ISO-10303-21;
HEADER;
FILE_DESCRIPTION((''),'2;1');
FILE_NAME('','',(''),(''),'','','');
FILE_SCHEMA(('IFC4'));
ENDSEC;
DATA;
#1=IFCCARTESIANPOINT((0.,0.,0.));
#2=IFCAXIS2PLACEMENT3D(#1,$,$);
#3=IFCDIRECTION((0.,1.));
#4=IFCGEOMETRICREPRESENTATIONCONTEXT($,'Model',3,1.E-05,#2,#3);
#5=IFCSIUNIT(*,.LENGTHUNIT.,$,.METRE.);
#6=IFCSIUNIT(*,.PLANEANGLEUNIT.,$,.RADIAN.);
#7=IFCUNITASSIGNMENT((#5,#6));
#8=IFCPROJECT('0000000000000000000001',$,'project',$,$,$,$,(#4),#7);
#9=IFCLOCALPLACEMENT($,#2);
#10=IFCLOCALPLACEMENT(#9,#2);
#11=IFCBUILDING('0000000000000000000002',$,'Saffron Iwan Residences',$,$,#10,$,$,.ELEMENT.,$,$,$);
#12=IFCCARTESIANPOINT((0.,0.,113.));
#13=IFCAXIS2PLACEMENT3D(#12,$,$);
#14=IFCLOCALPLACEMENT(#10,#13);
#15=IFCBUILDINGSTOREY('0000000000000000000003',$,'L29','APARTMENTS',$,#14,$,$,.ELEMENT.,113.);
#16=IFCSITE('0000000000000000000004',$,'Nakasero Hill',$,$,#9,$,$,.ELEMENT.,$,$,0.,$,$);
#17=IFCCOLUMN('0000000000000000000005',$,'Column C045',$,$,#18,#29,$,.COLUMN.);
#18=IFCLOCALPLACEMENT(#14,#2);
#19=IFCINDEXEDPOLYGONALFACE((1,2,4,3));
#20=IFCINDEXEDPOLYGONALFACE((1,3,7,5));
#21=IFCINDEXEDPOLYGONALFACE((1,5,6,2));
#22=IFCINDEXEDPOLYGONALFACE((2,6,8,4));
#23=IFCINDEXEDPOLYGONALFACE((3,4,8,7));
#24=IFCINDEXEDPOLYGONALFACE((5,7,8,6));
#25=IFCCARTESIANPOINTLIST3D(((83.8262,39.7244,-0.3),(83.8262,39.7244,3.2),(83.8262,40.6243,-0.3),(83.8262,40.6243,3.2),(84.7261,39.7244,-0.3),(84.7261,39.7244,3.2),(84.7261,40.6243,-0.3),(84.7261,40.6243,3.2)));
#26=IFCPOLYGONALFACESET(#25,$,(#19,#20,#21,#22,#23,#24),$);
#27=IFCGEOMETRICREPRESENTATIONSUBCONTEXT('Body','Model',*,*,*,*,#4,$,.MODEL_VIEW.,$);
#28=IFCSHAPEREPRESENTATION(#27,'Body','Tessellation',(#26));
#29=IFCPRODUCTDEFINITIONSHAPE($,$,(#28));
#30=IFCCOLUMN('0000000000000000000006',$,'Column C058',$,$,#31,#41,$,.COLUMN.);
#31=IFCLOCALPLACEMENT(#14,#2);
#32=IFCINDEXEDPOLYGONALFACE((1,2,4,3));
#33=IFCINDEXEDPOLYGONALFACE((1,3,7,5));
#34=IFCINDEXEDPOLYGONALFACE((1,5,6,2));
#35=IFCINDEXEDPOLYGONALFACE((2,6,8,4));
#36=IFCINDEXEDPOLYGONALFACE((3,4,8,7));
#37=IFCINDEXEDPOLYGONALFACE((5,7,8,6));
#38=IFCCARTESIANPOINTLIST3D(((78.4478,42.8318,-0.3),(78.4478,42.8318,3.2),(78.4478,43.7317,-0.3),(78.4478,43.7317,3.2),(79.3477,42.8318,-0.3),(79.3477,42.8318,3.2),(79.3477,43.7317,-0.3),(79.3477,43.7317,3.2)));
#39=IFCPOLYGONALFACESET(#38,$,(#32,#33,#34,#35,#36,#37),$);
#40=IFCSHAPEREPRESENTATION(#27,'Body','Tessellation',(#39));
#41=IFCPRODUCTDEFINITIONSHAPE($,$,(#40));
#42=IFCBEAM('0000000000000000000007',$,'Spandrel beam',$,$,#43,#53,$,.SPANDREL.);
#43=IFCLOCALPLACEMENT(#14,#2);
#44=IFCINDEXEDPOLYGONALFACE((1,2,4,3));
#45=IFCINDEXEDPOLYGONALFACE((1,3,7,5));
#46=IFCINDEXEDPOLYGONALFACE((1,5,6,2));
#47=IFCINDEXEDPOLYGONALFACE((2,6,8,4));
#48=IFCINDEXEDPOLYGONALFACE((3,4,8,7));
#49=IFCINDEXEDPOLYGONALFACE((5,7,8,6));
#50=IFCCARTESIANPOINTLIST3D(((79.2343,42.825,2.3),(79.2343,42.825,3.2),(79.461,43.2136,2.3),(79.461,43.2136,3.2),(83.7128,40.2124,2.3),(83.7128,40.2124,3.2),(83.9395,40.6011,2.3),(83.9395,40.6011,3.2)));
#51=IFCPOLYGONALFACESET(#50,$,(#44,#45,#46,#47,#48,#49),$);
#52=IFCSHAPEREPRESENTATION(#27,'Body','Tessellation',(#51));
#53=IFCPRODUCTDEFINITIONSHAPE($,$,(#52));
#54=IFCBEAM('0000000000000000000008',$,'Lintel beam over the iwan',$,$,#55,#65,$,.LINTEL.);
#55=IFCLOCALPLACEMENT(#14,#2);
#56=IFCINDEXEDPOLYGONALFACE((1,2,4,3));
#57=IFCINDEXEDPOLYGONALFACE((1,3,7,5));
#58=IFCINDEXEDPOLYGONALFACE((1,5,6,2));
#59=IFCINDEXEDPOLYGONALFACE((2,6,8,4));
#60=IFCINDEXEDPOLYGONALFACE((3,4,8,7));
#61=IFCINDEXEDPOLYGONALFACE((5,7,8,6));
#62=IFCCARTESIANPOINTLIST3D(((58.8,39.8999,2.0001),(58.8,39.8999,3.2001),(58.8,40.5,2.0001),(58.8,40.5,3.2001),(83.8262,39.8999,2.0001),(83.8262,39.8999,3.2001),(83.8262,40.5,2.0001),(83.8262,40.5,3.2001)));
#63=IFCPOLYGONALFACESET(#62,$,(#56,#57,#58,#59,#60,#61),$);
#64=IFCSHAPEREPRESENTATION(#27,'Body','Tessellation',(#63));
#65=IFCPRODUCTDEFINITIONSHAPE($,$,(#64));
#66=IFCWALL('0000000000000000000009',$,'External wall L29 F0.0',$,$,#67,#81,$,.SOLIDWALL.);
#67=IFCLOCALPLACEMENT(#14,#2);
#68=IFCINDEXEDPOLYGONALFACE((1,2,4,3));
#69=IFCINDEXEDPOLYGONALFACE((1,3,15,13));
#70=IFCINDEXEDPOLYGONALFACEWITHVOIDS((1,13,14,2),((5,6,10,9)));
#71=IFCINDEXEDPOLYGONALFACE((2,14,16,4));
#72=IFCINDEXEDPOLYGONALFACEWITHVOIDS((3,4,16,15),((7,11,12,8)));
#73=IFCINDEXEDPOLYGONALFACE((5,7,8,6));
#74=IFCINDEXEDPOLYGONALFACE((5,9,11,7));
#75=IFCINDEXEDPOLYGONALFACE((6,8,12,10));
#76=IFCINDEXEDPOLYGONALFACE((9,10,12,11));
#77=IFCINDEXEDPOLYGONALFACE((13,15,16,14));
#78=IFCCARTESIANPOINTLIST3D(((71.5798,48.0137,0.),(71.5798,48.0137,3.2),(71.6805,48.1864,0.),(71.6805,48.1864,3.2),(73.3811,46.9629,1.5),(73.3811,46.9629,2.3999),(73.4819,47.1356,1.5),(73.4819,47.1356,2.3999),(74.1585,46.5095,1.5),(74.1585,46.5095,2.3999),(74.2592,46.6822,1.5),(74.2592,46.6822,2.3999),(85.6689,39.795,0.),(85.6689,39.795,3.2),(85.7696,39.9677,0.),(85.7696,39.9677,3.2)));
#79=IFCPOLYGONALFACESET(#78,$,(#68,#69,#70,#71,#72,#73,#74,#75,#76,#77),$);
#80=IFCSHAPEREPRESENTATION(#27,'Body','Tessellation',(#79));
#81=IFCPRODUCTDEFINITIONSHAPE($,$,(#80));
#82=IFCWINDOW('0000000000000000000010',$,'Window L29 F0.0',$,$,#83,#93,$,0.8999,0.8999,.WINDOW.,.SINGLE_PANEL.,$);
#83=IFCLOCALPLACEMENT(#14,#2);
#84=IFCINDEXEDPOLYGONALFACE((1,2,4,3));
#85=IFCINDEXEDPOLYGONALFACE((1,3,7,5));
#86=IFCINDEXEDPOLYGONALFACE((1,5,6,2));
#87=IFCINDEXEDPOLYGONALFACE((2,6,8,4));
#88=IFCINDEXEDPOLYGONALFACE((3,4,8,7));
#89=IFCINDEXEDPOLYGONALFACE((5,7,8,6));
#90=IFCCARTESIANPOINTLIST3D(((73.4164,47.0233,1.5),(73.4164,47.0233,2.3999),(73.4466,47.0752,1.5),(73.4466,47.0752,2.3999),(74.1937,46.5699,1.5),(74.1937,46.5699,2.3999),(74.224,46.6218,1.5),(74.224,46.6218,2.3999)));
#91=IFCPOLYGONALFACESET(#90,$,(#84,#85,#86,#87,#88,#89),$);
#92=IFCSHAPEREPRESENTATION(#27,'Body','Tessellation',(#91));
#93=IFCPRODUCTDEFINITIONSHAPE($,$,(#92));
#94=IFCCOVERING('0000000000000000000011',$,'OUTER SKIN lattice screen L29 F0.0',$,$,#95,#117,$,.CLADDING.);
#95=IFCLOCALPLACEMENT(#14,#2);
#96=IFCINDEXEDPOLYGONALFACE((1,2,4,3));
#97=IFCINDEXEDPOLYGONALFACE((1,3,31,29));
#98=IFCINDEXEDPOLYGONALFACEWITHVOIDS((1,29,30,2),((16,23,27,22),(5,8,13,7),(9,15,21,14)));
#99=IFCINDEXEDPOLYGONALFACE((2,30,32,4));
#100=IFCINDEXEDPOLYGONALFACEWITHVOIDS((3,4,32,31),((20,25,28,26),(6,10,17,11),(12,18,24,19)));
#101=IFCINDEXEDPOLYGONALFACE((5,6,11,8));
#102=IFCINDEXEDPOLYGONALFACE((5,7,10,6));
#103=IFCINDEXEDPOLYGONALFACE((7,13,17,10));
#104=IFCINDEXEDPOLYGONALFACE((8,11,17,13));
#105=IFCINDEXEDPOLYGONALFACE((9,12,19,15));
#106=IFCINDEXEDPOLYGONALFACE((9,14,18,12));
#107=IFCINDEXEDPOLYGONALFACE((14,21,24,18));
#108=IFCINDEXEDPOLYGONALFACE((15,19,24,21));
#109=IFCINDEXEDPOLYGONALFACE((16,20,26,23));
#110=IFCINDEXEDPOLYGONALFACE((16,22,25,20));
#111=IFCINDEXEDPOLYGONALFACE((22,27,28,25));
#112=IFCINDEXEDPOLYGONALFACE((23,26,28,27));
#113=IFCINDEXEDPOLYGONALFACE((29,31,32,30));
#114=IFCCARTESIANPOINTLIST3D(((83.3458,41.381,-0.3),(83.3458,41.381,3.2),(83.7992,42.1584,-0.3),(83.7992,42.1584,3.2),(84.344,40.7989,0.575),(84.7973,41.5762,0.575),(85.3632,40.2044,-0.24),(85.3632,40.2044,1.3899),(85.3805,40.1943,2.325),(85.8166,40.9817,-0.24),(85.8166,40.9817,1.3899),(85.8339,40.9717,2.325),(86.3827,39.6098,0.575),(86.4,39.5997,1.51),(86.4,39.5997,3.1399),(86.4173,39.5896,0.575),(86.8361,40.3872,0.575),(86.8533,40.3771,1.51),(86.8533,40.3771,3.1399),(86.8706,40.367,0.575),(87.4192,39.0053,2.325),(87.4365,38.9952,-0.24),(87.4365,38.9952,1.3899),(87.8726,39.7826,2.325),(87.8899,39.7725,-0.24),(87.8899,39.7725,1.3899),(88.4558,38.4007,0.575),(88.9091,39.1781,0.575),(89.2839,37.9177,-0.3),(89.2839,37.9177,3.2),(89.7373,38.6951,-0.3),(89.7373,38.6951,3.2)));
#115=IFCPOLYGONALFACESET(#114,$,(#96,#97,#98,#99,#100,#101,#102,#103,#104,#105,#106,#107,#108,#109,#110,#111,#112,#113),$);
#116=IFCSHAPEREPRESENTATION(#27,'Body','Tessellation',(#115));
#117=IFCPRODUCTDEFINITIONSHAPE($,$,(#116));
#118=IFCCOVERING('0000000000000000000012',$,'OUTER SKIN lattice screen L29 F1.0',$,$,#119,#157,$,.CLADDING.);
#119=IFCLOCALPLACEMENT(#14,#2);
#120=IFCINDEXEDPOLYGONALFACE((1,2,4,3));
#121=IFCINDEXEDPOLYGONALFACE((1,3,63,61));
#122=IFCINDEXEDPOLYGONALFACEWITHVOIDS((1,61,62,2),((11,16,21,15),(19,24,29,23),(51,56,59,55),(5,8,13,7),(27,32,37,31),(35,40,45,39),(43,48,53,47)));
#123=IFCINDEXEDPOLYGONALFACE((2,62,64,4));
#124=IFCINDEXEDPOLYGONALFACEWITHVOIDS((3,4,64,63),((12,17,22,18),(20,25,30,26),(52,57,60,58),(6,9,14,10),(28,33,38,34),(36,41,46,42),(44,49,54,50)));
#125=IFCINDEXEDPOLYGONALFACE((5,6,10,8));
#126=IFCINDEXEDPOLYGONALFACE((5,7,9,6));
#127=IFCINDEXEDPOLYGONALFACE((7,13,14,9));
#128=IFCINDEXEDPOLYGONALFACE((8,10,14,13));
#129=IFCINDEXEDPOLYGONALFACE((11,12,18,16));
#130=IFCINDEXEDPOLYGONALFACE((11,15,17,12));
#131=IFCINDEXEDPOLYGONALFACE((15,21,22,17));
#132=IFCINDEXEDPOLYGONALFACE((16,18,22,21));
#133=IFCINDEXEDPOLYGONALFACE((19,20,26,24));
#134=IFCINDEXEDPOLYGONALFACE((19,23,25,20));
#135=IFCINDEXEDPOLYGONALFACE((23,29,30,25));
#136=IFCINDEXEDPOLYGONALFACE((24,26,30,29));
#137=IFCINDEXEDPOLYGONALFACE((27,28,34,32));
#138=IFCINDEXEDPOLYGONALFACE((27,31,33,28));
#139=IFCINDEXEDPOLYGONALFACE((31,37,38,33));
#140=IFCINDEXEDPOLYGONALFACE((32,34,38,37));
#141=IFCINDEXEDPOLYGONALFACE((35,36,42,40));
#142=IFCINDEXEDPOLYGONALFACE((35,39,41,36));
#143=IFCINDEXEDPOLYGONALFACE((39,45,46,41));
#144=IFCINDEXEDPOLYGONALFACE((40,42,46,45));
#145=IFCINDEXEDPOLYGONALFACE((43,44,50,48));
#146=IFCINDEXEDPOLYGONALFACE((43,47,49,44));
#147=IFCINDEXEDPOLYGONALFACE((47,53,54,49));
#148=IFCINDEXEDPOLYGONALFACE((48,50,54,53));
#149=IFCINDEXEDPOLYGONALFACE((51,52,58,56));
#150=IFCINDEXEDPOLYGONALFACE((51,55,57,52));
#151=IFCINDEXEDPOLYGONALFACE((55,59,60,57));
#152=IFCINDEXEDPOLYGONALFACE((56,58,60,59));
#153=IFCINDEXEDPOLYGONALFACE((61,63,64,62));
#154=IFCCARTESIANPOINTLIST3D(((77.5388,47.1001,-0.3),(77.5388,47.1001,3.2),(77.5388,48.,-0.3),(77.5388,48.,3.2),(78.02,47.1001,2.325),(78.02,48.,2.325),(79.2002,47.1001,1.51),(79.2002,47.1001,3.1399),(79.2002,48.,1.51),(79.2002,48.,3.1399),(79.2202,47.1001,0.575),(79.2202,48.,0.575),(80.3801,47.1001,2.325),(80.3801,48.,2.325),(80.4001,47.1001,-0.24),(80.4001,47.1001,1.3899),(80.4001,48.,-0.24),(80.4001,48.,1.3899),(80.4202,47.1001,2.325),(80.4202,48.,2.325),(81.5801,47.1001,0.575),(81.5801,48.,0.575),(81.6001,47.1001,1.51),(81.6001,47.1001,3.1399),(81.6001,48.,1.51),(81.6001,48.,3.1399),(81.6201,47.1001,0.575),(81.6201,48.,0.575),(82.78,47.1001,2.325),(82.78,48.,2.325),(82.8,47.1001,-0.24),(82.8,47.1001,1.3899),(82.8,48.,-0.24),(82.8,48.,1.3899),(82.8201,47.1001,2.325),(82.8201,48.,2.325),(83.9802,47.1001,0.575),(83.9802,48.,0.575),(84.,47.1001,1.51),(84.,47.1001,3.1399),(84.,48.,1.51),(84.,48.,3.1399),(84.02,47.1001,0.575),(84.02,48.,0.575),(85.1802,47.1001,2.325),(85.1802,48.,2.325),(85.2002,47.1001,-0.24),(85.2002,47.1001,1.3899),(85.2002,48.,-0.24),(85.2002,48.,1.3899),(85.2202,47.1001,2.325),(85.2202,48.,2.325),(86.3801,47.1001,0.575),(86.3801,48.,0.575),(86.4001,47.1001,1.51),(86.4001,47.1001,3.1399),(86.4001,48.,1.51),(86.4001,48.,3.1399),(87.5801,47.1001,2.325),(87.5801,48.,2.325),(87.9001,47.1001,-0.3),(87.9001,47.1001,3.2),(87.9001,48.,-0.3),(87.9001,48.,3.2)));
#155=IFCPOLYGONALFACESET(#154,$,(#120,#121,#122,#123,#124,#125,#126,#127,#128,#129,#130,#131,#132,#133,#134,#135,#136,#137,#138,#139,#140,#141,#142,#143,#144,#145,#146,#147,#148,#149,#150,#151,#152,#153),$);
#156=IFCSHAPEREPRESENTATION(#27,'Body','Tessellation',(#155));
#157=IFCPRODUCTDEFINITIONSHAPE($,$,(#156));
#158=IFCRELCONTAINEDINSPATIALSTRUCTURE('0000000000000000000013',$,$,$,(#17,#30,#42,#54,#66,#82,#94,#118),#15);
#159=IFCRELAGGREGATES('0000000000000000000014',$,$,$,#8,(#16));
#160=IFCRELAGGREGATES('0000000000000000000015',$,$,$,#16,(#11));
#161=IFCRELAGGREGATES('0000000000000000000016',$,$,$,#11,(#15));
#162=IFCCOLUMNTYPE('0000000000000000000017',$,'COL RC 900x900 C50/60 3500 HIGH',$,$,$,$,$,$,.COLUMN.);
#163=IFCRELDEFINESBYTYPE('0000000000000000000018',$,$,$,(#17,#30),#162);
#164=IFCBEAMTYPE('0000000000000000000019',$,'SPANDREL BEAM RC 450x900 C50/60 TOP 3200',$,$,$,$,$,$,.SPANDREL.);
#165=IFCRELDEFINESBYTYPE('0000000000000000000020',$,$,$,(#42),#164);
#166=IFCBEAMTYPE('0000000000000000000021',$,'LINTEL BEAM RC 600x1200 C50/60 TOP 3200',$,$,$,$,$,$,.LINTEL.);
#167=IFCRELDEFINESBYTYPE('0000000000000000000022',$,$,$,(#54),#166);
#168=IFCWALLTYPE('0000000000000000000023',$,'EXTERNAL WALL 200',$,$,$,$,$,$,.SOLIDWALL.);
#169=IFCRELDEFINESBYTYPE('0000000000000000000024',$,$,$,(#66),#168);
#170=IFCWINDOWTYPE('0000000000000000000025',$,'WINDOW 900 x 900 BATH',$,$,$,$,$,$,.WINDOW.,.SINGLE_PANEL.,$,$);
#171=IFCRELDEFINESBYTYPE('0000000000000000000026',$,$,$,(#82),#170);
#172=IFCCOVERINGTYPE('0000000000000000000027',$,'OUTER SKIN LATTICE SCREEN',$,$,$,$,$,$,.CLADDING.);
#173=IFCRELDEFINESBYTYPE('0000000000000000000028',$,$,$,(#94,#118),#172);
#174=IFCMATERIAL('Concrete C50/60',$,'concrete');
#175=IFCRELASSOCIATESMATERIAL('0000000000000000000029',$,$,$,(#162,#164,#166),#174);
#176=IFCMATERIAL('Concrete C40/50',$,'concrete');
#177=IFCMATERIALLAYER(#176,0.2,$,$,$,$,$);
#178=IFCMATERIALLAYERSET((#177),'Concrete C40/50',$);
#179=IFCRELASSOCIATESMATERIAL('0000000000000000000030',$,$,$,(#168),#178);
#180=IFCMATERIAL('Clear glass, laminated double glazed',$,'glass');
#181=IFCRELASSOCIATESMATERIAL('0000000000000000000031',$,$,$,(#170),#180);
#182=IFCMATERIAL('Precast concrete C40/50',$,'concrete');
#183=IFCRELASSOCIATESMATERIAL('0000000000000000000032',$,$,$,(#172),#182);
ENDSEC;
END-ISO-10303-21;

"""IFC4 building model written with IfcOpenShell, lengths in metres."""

from ifc_helpers import new_model, si_unit, direction, frame, frame_2d, origin, origin_2d, place, context, subcontext, project, spatial, polyline, rectangle, outline, extrude, source, transform, mapped, material, layer, layer_set, material_profile, profile_set, type_object, element, fill, save


model = new_model("IFC4")

# Units and contexts
model_context = context("Model", 3, precision=1e-05, world=origin(), true_north=direction((0.0, 1.0)))
body_context = subcontext(model_context, "Body", "Model", "MODEL_VIEW")
ifc_project = project(units=[si_unit("LENGTHUNIT", "METRE"), si_unit("PLANEANGLEUNIT", "RADIAN")], contexts=[model_context])

# Site, building, storey
site_placement = place(None, origin())
site = spatial("IfcSite", under=ifc_project, at=site_placement, Name="Nakasero Hill", CompositionType="ELEMENT", RefElevation=0.0)
building_placement = place(site_placement, origin())
building = spatial("IfcBuilding", under=site, at=building_placement, Name="Saffron Iwan Residences", CompositionType="ELEMENT")
storey_placement = place(building_placement, frame((0.0, 0.0, 113.0)))
storey = spatial("IfcBuildingStorey", under=building, at=storey_placement, Name="L29", Description="APARTMENTS", CompositionType="ELEMENT", Elevation=113.0)

# Columns
ifc_material_1 = material(Name="Concrete C50/60", Category="concrete")
ifc_material_profile_1 = material_profile(ifc_material_1, rectangle(XDim=0.8999, YDim=0.8999, at=origin_2d()), Name="RC 900x900")
ifc_profile_set_1 = profile_set([ifc_material_profile_1], Name="Concrete C50/60")
column_type = type_object("IfcColumnType", Name="COL RC 900x900 C50/60 3500 HIGH", PredefinedType="COLUMN", material=ifc_profile_set_1)
shared_shape_1 = source(origin(), body_context, "Body", "SweptSolid", [
    extrude(rectangle(XDim=0.8999, YDim=0.8999, at=origin_2d()), origin(), (0.0, 0.0, 1.0), 3.5),
])
for number, where, z_axis, x_axis, name in (
    (1, (84.2761, 40.1743, -0.3), (0.0, 0.0, 1.0), (1.0, 0.0, 0.0), "Column C045"),
    (2, (78.8977, 43.2817, -0.3), (0.0, 0.0, 1.0), (1.0, 0.0, 0.0), "Column C058"),
):
    element("IfcColumn", number, at=place(storey_placement, frame(where, z_axis=z_axis, x_axis=x_axis)), inside=storey, type_object=column_type, Name=name, PredefinedType="COLUMN", context=body_context, shape_type="MappedRepresentation", body=[
        mapped(shared_shape_1, transform((0.0, 0.0, 0.0))),
    ])

# Beams
ifc_material_profile_2 = material_profile(ifc_material_1, rectangle(XDim=0.45, YDim=0.8999, at=origin_2d()), Name="RC 450x900")
ifc_profile_set_2 = profile_set([ifc_material_profile_2], Name="Concrete C50/60")
beam_type_1 = type_object("IfcBeamType", Name="SPANDREL BEAM RC 450x900 C50/60 TOP 3200", PredefinedType="SPANDREL", material=ifc_profile_set_2)
shared_shape_2 = source(origin(), body_context, "Body", "SweptSolid", [
    extrude(rectangle(XDim=0.45, YDim=0.8999, at=origin_2d()), origin(), (0.0, 0.0, 1.0), 5.1848),
])
beam_1_placement = place(storey_placement, frame((79.3477, 43.0193, 2.75), z_axis=(0.863772, -0.503883, 0.0), x_axis=(0.503883, 0.863772, 0.0)))
element("IfcBeam", 3, at=beam_1_placement, inside=storey, type_object=beam_type_1, Name="Spandrel beam", PredefinedType="SPANDREL", context=body_context, shape_type="MappedRepresentation", body=[
    mapped(shared_shape_2, transform((0.0, 0.0, 0.0))),
])
ifc_material_profile_3 = material_profile(ifc_material_1, rectangle(XDim=0.6001, YDim=1.2, at=origin_2d()), Name="RC 600x1200")
ifc_profile_set_3 = profile_set([ifc_material_profile_3], Name="Concrete C50/60")
beam_type_2 = type_object("IfcBeamType", Name="LINTEL BEAM RC 600x1200 C50/60 TOP 3200", PredefinedType="LINTEL", material=ifc_profile_set_3)
shared_shape_3 = source(origin(), body_context, "Body", "SweptSolid", [
    extrude(rectangle(XDim=0.6001, YDim=1.2, at=origin_2d()), origin(), (0.0, 0.0, 1.0), 25.0261),
])
beam_2_placement = place(storey_placement, frame((83.8262, 40.2, 2.6001), z_axis=(-1.0, 0.0, 0.0), x_axis=(0.0, -1.0, 0.0)))
element("IfcBeam", 4, at=beam_2_placement, inside=storey, type_object=beam_type_2, Name="Lintel beam over the iwan", PredefinedType="LINTEL", context=body_context, shape_type="MappedRepresentation", body=[
    mapped(shared_shape_3, transform((0.0, 0.0, 0.0))),
])

# Wall, opening, window
ifc_material_2 = material(Name="Concrete C40/50", Category="concrete")
ifc_layer = layer(ifc_material_2, 0.2)
ifc_layer_set = layer_set([ifc_layer], Name="Concrete C40/50")
wall_type = type_object("IfcWallType", Name="EXTERNAL WALL 200", PredefinedType="SOLIDWALL", material=ifc_layer_set)
wall_placement = place(storey_placement, frame((85.7192, 39.8813, 0.0), z_axis=(0.0, 0.0, 1.0), x_axis=(-0.863776, 0.503876, 0.0)))
wall = element("IfcWall", 5, at=wall_placement, inside=storey, type_object=wall_type, Name="External wall L29 F0.0", PredefinedType="SOLIDWALL", context=body_context, shape_type="SweptSolid", body=[
    extrude(rectangle(XDim=16.311, YDim=0.2, at=frame_2d((8.1555, 0.0))), origin(), (0.0, 0.0, 1.0), 3.2),
])
opening_placement = place(wall_placement, frame((13.3257, 0.0, 1.5)))
opening = element("IfcOpeningElement", 6, at=opening_placement, cuts=wall, PredefinedType="OPENING", context=body_context, shape_type="SweptSolid", body=[
    extrude(rectangle(XDim=0.8999, YDim=0.8999, at=frame_2d((0.45, 0.45))), frame((0.0, 0.1099, 0.0), z_axis=(0.0, -1.0, 0.0), x_axis=(1.0, 0.0, 0.0)), (0.0, 0.0, 1.0), 0.22),
])
ifc_material_3 = material(Name="Clear glass, laminated double glazed", Category="glass")
window_type = type_object("IfcWindowType", Name="WINDOW 900 x 900 BATH", PartitioningType="SINGLE_PANEL", PredefinedType="WINDOW", material=ifc_material_3)
window_placement = place(opening_placement, origin())
window = element("IfcWindow", 7, at=window_placement, inside=storey, type_object=window_type, Name="Window L29 F0.0", OverallHeight=0.8999, OverallWidth=0.8999, PartitioningType="SINGLE_PANEL", PredefinedType="WINDOW", context=body_context, shape_type="SweptSolid", body=[
    extrude(rectangle(XDim=0.8999, YDim=0.8999, at=frame_2d((0.45, 0.45))), frame((0.0, 0.03, 0.0), z_axis=(0.0, -1.0, 0.0), x_axis=(1.0, 0.0, 0.0)), (0.0, 0.0, 1.0), 0.0601),
])
fill(opening, window)

# Coverings
ifc_material_4 = material(Name="Precast concrete C40/50", Category="concrete")
covering_type = type_object("IfcCoveringType", Name="OUTER SKIN LATTICE SCREEN", PredefinedType="CLADDING", material=ifc_material_4)
covering_1_placement = place(storey_placement, frame((89.2839, 37.9177, -0.3), z_axis=(0.503804, 0.863818, 0.0), x_axis=(-0.863818, 0.503804, 0.0)))
element("IfcCovering", 8, at=covering_1_placement, inside=storey, type_object=covering_type, Name="OUTER SKIN lattice screen L29 F0.0", PredefinedType="CLADDING", context=body_context, shape_type="SweptSolid", body=[
    extrude(outline(polyline([(0.0, 0.0), (6.8743, 0.0), (6.8743, 3.5), (0.0, 3.5), (0.0, 0.0)]), holes=[polyline([(0.9587, 0.875), (2.1387, 0.0601), (3.3186, 0.875), (2.1387, 1.6899), (0.9587, 0.875)]), polyline([(3.3586, 0.875), (4.5388, 0.0601), (5.7188, 0.875), (4.5388, 1.6899), (3.3586, 0.875)]), polyline([(2.1587, 2.625), (3.3386, 1.8101), (4.5188, 2.625), (3.3386, 3.4399), (2.1587, 2.625)])]), origin(), (0.0, 0.0, 1.0), 0.8999),
])
covering_2_placement = place(storey_placement, frame((77.5388, 48.0, -0.3), z_axis=(0.0, -1.0, 0.0), x_axis=(1.0, 0.0, 0.0)))
element("IfcCovering", 9, at=covering_2_placement, inside=storey, type_object=covering_type, Name="OUTER SKIN lattice screen L29 F1.0", PredefinedType="CLADDING", context=body_context, shape_type="SweptSolid", body=[
    extrude(outline(polyline([(0.0, 0.0), (10.3613, 0.0), (10.3613, 3.5), (0.0, 3.5), (0.0, 0.0)]), holes=[polyline([(1.6814, 0.875), (2.8613, 0.0601), (4.0413, 0.875), (2.8613, 1.6899), (1.6814, 0.875)]), polyline([(4.0813, 0.875), (5.2612, 0.0601), (6.4414, 0.875), (5.2612, 1.6899), (4.0813, 0.875)]), polyline([(6.4812, 0.875), (7.6614, 0.0601), (8.8413, 0.875), (7.6614, 1.6899), (6.4812, 0.875)]), polyline([(0.4812, 2.625), (1.6614, 1.8101), (2.8413, 2.625), (1.6614, 3.4399), (0.4812, 2.625)]), polyline([(2.8813, 2.625), (4.0613, 1.8101), (5.2412, 2.625), (4.0613, 3.4399), (2.8813, 2.625)]), polyline([(5.2812, 2.625), (6.4612, 1.8101), (7.6414, 2.625), (6.4612, 3.4399), (5.2812, 2.625)]), polyline([(7.6814, 2.625), (8.8613, 1.8101), (10.0413, 2.625), (8.8613, 3.4399), (7.6814, 2.625)])]), origin(), (0.0, 0.0, 1.0), 0.8999),
])

save(model, "model.ifc")
